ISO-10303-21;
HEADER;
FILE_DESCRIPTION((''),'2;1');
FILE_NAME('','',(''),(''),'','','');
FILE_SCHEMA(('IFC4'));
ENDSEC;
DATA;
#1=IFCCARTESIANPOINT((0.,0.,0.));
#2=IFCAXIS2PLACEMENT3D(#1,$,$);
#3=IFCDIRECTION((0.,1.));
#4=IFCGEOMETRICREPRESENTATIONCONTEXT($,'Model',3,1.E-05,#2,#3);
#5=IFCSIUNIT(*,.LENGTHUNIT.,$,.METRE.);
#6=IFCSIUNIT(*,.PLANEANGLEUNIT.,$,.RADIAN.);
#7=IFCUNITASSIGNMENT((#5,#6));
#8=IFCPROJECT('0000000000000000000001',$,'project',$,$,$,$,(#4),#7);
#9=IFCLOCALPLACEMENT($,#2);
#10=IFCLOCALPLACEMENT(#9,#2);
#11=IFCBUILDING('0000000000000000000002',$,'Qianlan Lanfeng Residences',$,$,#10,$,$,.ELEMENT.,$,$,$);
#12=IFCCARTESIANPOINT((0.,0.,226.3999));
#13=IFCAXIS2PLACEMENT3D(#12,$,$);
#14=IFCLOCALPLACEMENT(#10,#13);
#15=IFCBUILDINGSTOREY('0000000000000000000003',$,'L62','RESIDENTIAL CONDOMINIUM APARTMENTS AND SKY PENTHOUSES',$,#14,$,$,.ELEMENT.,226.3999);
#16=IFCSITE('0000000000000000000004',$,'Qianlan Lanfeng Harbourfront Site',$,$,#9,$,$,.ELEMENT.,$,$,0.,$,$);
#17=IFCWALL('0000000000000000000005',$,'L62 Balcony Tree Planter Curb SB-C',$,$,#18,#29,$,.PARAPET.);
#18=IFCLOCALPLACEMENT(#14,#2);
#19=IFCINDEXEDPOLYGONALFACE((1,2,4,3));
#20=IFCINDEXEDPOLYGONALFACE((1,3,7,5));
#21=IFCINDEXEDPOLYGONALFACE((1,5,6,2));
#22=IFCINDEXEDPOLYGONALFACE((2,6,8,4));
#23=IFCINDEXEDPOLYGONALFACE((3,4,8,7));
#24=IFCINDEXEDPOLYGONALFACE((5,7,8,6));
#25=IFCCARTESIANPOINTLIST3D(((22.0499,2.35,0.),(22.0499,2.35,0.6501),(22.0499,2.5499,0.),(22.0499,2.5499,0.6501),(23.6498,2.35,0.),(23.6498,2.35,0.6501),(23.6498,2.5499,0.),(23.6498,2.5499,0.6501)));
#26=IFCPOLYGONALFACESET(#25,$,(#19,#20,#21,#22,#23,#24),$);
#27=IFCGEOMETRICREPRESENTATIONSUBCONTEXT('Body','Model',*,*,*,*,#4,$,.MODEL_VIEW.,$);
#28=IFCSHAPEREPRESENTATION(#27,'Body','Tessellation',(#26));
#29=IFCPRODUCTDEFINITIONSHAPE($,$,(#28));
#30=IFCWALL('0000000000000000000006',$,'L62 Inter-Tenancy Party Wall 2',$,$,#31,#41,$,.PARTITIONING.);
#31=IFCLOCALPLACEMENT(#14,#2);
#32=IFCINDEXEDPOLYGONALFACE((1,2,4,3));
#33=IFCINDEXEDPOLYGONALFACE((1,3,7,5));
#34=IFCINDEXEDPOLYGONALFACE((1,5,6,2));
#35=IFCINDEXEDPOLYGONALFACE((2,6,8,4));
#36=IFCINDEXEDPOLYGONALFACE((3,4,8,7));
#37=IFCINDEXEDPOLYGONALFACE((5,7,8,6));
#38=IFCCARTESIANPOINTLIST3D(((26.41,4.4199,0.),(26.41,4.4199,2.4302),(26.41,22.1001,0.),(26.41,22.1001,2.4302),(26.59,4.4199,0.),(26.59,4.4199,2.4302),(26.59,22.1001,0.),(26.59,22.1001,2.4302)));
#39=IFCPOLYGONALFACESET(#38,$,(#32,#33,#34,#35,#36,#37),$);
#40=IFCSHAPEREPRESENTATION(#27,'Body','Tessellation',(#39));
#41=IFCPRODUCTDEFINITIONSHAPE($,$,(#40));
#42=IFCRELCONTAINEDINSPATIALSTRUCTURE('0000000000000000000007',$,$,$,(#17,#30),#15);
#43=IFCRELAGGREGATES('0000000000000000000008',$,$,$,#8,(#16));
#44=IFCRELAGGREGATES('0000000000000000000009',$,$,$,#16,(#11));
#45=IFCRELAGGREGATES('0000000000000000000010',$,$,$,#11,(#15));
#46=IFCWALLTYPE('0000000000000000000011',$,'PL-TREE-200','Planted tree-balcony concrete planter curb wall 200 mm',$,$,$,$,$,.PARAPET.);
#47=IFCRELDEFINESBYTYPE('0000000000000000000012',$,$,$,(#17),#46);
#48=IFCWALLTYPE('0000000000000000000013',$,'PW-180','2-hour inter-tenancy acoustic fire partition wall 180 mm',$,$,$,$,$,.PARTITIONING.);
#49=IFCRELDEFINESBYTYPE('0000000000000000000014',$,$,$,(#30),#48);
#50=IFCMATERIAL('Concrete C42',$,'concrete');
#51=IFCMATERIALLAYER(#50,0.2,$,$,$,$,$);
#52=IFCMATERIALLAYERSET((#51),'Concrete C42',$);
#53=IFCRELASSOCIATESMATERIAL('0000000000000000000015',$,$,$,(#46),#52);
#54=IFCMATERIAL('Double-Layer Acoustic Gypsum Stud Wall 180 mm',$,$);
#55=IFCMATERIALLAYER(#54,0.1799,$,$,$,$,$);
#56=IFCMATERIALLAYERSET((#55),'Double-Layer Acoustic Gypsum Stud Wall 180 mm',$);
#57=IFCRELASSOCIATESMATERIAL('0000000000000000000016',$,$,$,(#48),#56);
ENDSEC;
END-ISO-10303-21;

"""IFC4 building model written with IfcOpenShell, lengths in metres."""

from ifc_helpers import new_model, si_unit, direction, frame, frame_2d, origin, place, context, subcontext, project, spatial, rectangle, extrude, material, layer, layer_set, type_object, element, save


model = new_model("IFC4")

# Units and contexts
model_context = context("Model", 3, precision=1e-05, world=origin(), true_north=direction((0.0, 1.0)))
body_context = subcontext(model_context, "Body", "Model", "MODEL_VIEW")
ifc_project = project(units=[si_unit("LENGTHUNIT", "METRE"), si_unit("PLANEANGLEUNIT", "RADIAN")], contexts=[model_context])

# Site, building, storey
site_placement = place(None, origin())
site = spatial("IfcSite", under=ifc_project, at=site_placement, Name="Qianlan Lanfeng Harbourfront Site", CompositionType="ELEMENT", RefElevation=0.0)
building_placement = place(site_placement, origin())
building = spatial("IfcBuilding", under=site, at=building_placement, Name="Qianlan Lanfeng Residences", CompositionType="ELEMENT")
storey_placement = place(building_placement, frame((0.0, 0.0, 226.3999)))
storey = spatial("IfcBuildingStorey", under=building, at=storey_placement, Name="L62", Description="RESIDENTIAL CONDOMINIUM APARTMENTS AND SKY PENTHOUSES", CompositionType="ELEMENT", Elevation=226.3999)

# Walls
ifc_material_1 = material(Name="Concrete C42", Category="concrete")
ifc_layer_1 = layer(ifc_material_1, 0.2)
ifc_layer_set_1 = layer_set([ifc_layer_1], Name="Concrete C42")
wall_type_1 = type_object("IfcWallType", Name="PL-TREE-200", Description="Planted tree-balcony concrete planter curb wall 200 mm", PredefinedType="PARAPET", material=ifc_layer_set_1)
wall_1_placement = place(storey_placement, frame((22.05, 2.45, 0.0), z_axis=(0.0, 0.0, 1.0), x_axis=(1.0, 0.0, 0.0)))
element("IfcWall", 1, at=wall_1_placement, inside=storey, type_object=wall_type_1, Name="L62 Balcony Tree Planter Curb SB-C", PredefinedType="PARAPET", context=body_context, shape_type="SweptSolid", body=[
    extrude(rectangle(XDim=1.5999, YDim=0.2, at=frame_2d((0.7998, 0.0))), origin(), (0.0, 0.0, 1.0), 0.6501),
])
ifc_material_2 = material(Name="Double-Layer Acoustic Gypsum Stud Wall 180 mm")
ifc_layer_2 = layer(ifc_material_2, 0.1799)
ifc_layer_set_2 = layer_set([ifc_layer_2], Name="Double-Layer Acoustic Gypsum Stud Wall 180 mm")
wall_type_2 = type_object("IfcWallType", Name="PW-180", Description="2-hour inter-tenancy acoustic fire partition wall 180 mm", PredefinedType="PARTITIONING", material=ifc_layer_set_2)
wall_2_placement = place(storey_placement, frame((26.5, 4.4199, 0.0), z_axis=(0.0, 0.0, 1.0), x_axis=(0.0, 1.0, 0.0)))
element("IfcWall", 2, at=wall_2_placement, inside=storey, type_object=wall_type_2, Name="L62 Inter-Tenancy Party Wall 2", PredefinedType="PARTITIONING", context=body_context, shape_type="SweptSolid", body=[
    extrude(rectangle(XDim=17.6802, YDim=0.1799, at=frame_2d((8.8401, 0.0))), origin(), (0.0, 0.0, 1.0), 2.4302),
])

save(model, "model.ifc")
